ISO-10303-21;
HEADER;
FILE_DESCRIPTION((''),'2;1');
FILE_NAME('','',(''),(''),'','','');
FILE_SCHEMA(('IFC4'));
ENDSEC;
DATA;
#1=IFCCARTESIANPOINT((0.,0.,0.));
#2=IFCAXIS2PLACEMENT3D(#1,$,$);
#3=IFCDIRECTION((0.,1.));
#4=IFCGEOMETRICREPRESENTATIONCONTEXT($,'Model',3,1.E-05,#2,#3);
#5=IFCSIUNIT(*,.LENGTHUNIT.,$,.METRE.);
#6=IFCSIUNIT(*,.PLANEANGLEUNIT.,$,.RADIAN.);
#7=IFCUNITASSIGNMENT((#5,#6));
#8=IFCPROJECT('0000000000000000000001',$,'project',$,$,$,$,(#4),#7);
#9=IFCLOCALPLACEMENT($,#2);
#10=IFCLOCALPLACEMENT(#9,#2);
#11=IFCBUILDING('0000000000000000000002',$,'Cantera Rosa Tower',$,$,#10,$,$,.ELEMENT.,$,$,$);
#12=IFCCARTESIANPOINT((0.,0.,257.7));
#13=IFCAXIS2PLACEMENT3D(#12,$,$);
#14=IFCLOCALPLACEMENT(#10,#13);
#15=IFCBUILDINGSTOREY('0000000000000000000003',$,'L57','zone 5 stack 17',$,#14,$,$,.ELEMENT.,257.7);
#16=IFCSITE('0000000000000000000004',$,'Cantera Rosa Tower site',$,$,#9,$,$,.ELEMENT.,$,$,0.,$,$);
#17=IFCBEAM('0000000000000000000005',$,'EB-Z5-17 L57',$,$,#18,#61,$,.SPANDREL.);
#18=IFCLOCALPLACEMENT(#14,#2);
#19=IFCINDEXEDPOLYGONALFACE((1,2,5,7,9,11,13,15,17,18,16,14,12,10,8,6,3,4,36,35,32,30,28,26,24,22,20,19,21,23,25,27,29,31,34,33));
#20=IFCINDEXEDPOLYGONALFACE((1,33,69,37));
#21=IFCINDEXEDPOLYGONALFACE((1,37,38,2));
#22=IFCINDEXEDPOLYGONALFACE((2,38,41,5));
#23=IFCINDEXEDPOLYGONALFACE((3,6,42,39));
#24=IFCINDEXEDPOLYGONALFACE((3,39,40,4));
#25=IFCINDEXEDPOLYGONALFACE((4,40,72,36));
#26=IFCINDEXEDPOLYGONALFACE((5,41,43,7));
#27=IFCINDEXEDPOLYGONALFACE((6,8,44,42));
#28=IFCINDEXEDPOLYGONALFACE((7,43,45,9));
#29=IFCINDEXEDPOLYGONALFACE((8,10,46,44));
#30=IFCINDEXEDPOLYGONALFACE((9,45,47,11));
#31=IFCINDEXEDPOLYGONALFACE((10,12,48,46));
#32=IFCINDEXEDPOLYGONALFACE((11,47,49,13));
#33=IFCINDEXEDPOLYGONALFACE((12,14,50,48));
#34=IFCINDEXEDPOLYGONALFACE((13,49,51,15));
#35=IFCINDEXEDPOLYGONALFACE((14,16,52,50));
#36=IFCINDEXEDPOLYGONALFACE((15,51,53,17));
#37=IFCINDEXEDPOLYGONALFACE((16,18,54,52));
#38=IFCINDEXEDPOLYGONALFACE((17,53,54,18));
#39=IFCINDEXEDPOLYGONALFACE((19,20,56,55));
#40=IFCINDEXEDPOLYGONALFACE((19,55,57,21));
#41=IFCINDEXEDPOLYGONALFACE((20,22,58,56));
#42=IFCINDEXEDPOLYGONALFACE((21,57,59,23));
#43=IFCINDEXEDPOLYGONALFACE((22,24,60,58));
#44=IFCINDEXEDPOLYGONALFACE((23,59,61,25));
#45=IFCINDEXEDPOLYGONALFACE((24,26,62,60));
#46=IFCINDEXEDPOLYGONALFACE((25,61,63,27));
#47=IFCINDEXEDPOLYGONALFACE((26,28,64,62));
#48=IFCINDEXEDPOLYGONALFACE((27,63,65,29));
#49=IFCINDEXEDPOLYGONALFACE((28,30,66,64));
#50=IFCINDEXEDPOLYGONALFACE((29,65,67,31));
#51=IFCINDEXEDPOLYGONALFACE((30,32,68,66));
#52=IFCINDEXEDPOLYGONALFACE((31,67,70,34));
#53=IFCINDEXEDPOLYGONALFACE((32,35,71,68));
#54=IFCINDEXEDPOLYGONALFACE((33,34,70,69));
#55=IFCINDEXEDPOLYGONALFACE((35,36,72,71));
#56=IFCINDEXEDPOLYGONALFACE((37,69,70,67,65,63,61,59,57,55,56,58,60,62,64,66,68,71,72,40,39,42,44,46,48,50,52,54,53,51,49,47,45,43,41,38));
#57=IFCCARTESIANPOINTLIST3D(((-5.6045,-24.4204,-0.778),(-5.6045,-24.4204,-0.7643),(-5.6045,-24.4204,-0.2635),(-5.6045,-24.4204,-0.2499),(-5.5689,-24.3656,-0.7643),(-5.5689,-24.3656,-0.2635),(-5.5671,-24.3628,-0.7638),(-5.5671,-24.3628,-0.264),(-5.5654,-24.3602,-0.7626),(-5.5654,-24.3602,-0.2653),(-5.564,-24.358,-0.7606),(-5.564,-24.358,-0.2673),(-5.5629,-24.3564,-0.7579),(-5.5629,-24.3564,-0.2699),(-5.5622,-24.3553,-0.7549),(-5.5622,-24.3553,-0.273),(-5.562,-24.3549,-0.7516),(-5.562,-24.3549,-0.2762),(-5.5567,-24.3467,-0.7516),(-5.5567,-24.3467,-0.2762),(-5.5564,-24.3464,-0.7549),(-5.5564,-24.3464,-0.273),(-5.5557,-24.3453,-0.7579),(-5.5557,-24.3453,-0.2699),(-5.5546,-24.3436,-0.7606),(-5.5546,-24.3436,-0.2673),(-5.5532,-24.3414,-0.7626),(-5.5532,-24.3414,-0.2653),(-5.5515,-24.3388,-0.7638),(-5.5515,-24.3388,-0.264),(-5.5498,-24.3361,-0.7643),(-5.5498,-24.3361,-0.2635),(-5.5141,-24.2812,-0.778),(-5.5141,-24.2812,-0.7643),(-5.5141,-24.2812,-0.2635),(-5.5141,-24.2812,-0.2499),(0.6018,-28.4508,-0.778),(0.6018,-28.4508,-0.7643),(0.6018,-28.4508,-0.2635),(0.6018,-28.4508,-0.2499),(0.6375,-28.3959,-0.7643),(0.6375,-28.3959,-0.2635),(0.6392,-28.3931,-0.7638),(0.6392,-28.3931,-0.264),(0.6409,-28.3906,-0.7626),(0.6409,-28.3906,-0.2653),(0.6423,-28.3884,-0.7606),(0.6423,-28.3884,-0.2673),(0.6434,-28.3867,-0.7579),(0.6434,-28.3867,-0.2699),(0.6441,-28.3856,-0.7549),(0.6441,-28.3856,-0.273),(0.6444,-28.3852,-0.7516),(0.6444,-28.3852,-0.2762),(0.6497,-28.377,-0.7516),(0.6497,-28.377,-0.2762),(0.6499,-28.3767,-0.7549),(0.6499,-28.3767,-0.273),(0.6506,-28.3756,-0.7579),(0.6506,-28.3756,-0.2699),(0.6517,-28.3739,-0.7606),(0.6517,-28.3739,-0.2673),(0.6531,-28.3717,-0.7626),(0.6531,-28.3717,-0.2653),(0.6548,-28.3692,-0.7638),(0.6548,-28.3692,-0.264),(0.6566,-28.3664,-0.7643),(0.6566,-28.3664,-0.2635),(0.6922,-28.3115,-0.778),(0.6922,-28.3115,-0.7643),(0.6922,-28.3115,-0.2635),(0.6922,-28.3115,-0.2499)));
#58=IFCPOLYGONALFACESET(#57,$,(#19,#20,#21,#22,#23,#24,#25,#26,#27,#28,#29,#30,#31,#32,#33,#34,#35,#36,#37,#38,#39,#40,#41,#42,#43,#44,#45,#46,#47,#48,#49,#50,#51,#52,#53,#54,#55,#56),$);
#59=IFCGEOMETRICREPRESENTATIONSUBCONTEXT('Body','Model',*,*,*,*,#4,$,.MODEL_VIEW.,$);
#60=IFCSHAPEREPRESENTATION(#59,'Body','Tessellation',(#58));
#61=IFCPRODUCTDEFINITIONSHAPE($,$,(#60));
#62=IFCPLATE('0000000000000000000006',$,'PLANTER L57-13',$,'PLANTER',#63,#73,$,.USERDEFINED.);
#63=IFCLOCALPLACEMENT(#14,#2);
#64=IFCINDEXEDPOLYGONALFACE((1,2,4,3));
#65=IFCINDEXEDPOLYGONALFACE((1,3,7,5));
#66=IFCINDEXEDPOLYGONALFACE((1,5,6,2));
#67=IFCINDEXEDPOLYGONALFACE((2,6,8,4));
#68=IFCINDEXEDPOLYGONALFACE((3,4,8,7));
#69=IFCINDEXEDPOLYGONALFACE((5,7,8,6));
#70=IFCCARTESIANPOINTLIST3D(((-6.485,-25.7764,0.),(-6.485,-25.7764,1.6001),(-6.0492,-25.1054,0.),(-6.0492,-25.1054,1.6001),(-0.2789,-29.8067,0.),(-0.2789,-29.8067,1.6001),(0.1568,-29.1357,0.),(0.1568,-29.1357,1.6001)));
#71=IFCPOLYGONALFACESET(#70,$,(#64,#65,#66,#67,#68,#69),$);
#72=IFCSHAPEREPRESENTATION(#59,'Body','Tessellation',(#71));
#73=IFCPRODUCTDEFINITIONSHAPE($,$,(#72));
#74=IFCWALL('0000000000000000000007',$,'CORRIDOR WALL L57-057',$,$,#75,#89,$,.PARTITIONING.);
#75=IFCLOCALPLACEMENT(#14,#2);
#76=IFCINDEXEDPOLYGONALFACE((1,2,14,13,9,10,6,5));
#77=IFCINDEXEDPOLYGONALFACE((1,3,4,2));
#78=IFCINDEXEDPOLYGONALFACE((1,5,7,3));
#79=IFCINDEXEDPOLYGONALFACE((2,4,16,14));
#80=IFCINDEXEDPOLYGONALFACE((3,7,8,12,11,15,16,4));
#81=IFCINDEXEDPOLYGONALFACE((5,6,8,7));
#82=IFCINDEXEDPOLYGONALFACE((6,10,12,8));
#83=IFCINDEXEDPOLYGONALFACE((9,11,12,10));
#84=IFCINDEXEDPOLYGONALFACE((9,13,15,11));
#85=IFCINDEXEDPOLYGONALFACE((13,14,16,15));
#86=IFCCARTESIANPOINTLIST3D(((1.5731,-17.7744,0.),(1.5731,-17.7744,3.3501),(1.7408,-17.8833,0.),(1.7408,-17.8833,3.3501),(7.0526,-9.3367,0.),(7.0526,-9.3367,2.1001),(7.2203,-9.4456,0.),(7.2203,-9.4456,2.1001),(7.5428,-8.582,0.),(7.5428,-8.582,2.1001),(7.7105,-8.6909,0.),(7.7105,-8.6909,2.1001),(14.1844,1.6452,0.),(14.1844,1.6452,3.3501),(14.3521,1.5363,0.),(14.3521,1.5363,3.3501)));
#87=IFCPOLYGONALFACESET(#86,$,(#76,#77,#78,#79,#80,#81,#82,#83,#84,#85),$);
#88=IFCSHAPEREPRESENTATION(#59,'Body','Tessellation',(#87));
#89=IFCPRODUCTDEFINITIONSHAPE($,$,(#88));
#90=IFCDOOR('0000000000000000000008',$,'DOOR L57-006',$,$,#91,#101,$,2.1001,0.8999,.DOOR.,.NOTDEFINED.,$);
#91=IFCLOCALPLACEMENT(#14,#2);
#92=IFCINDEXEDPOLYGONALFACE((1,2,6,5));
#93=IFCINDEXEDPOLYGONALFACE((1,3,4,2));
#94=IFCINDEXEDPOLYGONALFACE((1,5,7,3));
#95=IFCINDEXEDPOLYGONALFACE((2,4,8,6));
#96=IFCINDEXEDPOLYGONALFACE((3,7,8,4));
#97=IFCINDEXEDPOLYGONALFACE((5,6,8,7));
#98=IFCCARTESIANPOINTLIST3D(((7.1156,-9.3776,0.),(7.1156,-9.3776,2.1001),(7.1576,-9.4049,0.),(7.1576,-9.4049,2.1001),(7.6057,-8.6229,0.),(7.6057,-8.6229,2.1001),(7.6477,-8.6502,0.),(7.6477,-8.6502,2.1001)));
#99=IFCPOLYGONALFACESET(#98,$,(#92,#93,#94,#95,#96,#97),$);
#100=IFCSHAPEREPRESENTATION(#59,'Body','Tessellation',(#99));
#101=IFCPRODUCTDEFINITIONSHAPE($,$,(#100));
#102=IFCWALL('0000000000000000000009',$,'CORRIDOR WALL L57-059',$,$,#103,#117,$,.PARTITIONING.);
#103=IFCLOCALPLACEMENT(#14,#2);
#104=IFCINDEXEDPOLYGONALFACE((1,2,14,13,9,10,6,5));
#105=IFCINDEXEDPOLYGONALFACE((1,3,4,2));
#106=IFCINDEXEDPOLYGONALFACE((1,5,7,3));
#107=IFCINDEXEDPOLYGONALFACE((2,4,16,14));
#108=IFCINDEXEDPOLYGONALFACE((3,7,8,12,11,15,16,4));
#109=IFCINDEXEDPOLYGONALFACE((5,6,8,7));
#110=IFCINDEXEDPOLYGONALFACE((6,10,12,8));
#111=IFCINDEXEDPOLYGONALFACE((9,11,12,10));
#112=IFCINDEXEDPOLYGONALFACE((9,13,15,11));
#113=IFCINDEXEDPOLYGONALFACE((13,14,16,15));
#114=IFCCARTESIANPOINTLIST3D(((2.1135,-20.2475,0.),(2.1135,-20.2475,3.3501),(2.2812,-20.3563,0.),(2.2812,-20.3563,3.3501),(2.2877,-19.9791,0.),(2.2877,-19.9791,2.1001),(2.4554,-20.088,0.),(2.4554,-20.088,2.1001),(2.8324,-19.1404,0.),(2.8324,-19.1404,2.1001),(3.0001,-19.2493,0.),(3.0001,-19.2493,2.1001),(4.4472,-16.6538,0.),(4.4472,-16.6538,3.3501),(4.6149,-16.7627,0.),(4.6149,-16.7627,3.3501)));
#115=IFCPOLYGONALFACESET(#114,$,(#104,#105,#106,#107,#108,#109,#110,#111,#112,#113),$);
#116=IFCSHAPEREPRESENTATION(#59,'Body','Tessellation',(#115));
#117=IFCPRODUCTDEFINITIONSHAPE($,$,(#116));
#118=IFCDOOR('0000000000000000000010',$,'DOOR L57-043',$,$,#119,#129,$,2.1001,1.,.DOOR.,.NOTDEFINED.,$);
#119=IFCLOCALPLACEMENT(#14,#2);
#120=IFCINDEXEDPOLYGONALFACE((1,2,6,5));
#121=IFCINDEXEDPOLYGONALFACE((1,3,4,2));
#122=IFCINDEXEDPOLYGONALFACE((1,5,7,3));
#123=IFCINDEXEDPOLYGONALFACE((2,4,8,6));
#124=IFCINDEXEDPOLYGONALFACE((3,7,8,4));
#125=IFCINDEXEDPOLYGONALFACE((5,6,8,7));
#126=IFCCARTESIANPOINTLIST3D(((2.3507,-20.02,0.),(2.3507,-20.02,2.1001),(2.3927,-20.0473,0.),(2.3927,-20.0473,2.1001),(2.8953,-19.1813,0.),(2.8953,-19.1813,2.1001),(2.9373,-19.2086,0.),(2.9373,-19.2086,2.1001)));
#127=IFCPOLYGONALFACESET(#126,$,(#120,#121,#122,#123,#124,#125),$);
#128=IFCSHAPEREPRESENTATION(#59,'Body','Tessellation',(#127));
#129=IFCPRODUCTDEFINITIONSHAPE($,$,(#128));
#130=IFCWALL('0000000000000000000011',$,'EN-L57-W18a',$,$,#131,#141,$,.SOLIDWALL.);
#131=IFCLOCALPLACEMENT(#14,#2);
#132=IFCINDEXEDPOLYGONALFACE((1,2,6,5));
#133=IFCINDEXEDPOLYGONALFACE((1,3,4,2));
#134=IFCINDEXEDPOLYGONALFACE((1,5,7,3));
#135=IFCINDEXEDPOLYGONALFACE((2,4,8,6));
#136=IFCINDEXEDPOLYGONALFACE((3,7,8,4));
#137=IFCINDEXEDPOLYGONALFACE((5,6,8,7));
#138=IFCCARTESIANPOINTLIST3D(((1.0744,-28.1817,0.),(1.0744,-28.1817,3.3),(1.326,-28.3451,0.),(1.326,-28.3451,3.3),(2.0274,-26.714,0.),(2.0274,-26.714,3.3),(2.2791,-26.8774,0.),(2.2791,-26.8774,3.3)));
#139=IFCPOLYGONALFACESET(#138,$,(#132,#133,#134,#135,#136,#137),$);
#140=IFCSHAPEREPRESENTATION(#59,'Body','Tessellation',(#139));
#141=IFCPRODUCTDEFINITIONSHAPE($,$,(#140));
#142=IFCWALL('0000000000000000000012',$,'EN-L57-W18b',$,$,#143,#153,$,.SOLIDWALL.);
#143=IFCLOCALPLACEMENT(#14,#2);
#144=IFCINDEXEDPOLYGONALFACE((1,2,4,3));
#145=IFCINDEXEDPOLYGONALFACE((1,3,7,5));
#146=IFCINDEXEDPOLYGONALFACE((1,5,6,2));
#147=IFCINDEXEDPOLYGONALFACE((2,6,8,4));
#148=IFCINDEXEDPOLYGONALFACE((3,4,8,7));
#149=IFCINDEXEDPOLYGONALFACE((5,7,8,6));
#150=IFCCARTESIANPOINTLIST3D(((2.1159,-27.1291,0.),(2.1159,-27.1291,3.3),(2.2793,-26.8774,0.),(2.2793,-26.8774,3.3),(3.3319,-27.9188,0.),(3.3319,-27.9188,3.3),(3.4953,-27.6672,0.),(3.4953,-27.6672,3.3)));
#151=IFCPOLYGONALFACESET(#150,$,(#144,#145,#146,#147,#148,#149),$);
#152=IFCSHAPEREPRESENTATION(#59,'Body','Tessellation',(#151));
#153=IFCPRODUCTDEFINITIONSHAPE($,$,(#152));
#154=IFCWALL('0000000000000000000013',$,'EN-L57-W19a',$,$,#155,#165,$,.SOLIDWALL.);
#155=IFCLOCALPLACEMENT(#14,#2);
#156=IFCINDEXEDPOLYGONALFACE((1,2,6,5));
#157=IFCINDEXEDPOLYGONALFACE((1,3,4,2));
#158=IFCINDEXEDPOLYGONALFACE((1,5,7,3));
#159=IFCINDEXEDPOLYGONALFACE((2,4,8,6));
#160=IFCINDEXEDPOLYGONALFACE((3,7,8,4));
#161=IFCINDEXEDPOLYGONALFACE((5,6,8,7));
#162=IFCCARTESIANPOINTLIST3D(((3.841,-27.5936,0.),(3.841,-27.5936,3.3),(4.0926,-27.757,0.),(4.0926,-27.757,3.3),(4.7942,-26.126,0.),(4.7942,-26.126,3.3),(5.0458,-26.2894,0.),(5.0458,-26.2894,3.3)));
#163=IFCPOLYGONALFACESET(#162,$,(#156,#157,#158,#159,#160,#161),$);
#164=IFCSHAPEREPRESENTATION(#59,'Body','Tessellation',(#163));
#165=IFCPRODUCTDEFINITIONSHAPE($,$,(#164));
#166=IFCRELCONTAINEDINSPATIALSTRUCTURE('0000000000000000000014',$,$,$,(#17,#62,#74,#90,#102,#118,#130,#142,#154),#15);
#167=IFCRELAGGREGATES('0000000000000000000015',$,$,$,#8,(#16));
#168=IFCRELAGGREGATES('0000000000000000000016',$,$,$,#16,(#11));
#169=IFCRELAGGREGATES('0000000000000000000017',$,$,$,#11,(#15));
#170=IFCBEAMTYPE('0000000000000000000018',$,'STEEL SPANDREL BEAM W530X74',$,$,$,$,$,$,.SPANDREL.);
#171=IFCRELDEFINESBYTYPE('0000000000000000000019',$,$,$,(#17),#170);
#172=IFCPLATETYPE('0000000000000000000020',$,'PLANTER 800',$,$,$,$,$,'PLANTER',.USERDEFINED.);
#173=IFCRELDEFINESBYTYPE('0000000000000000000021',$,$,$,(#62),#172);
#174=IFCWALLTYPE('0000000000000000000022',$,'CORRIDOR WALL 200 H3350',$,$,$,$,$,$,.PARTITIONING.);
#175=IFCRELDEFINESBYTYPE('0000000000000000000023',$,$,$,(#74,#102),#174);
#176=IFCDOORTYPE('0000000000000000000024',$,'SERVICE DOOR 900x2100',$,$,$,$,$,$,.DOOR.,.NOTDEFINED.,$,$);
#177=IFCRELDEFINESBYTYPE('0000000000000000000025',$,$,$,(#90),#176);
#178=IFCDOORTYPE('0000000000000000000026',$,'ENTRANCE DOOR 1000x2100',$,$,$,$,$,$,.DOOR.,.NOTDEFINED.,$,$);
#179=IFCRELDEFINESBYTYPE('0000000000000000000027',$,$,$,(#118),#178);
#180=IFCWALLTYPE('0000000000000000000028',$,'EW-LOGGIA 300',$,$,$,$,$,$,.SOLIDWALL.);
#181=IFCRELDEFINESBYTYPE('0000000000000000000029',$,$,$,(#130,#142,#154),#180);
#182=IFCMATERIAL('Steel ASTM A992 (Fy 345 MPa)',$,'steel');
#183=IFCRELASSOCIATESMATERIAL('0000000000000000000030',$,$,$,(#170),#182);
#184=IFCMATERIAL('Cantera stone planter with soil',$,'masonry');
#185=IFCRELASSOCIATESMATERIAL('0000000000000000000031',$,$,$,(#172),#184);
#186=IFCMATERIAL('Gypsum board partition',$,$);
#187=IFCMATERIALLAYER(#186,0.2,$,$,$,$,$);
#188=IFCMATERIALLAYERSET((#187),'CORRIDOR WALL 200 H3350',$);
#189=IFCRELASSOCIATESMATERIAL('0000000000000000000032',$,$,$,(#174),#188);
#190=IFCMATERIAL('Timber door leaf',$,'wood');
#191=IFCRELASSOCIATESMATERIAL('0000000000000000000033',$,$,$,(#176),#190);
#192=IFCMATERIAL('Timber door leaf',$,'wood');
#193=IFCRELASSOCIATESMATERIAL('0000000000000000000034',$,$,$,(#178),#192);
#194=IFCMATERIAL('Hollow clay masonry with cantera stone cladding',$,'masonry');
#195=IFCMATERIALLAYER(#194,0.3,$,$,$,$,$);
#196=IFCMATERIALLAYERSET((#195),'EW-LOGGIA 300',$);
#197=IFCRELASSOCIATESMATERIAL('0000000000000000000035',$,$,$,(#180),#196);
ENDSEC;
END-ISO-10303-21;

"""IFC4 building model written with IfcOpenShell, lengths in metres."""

from ifc_helpers import new_model, si_unit, direction, frame, frame_2d, origin, origin_2d, place, context, subcontext, project, spatial, rectangle, i_section, extrude, material, layer, layer_set, material_profile, profile_set, type_object, element, fill, save


model = new_model("IFC4")

# Units and contexts
model_context = context("Model", 3, precision=1e-05, world=origin(), true_north=direction((0.0, 1.0)))
body_context = subcontext(model_context, "Body", "Model", "MODEL_VIEW")
ifc_project = project(units=[si_unit("LENGTHUNIT", "METRE"), si_unit("PLANEANGLEUNIT", "RADIAN")], contexts=[model_context])

# Site, building, storey
site_placement = place(None, origin())
site = spatial("IfcSite", under=ifc_project, at=site_placement, Name="Cantera Rosa Tower site", CompositionType="ELEMENT", RefElevation=0.0)
building_placement = place(site_placement, origin())
building = spatial("IfcBuilding", under=site, at=building_placement, Name="Cantera Rosa Tower", CompositionType="ELEMENT")
storey_placement = place(building_placement, frame((0.0, 0.0, 257.7)))
storey = spatial("IfcBuildingStorey", under=building, at=storey_placement, Name="L57", Description="zone 5 stack 17", CompositionType="ELEMENT", Elevation=257.7)

# Beam
ifc_material_1 = material(Name="Steel ASTM A992 (Fy 345 MPa)", Category="steel")
ifc_material_profile_1 = material_profile(ifc_material_1, i_section(OverallWidth=0.166, OverallDepth=0.5281, WebThickness=0.0098, FlangeThickness=0.0137, FilletRadius=0.0127, at=origin_2d()), Name="W530X74")
ifc_profile_set_1 = profile_set([ifc_material_profile_1], Name="Steel ASTM A992 (Fy 345 MPa)")
beam_type_1 = type_object("IfcBeamType", Name="STEEL SPANDREL BEAM W530X74", PredefinedType="SPANDREL", material=ifc_profile_set_1)
beam_1_placement = place(storey_placement, frame((-5.5593, -24.3508, -0.5139), z_axis=(0.838679, -0.544625, 0.0), x_axis=(0.544625, 0.838679, 0.0)))
element("IfcBeam", 1, at=beam_1_placement, inside=storey, type_object=beam_type_1, Name="EB-Z5-17 L57", PredefinedType="SPANDREL", context=body_context, shape_type="SweptSolid", body=[
    extrude(i_section(OverallWidth=0.166, OverallDepth=0.5281, WebThickness=0.0098, FlangeThickness=0.0137, FilletRadius=0.0127, at=origin_2d()), origin(), (0.0, 0.0, 1.0), 7.4001),
])

# Plate
ifc_material_2 = material(Name="Cantera stone planter with soil", Category="masonry")
plate_type = type_object("IfcPlateType", Name="PLANTER 800", ElementType="PLANTER", PredefinedType="USERDEFINED", material=ifc_material_2)
plate_placement = place(storey_placement, frame((-3.1641, -27.4561, 0.0), z_axis=(0.0, 0.0, 1.0), x_axis=(0.838671, -0.544639, 0.0)))
element("IfcPlate", 2, at=plate_placement, inside=storey, type_object=plate_type, Name="PLANTER L57-13", ObjectType="PLANTER", PredefinedType="USERDEFINED", context=body_context, shape_type="SweptSolid", body=[
    extrude(rectangle(XDim=7.3999, YDim=0.8, at=origin_2d()), origin(), (0.0, 0.0, 1.0), 1.6001),
])

# Walls, openings, doors
ifc_material_3 = material(Name="Gypsum board partition")
ifc_layer_1 = layer(ifc_material_3, 0.2)
ifc_layer_set_1 = layer_set([ifc_layer_1], Name="CORRIDOR WALL 200 H3350")
wall_type_1 = type_object("IfcWallType", Name="CORRIDOR WALL 200 H3350", PredefinedType="PARTITIONING", material=ifc_layer_set_1)
wall_1_placement = place(storey_placement, frame((1.657, -17.8289, 0.0), z_axis=(0.0, 0.0, 1.0), x_axis=(0.54464, 0.83867, 0.0)))
wall_1 = element("IfcWall", 3, at=wall_1_placement, inside=storey, type_object=wall_type_1, Name="CORRIDOR WALL L57-057", PredefinedType="PARTITIONING", context=body_context, shape_type="SweptSolid", body=[
    extrude(rectangle(XDim=23.1553, YDim=0.2, at=frame_2d((11.5776, 0.0))), origin(), (0.0, 0.0, 1.0), 3.3501),
])
opening_1_placement = place(wall_1_placement, frame((10.0608, 0.0, 0.0)))
opening_1 = element("IfcOpeningElement", 4, at=opening_1_placement, cuts=wall_1, PredefinedType="OPENING", context=body_context, shape_type="SweptSolid", body=[
    extrude(rectangle(XDim=0.8999, YDim=2.1001, at=frame_2d((0.45, 1.05))), frame((0.0, 0.1099, 0.0), z_axis=(0.0, -1.0, 0.0), x_axis=(1.0, 0.0, 0.0)), (0.0, 0.0, 1.0), 0.22),
])
ifc_material_4 = material(Name="Timber door leaf", Category="wood")
door_type_1 = type_object("IfcDoorType", Name="SERVICE DOOR 900x2100", OperationType="NOTDEFINED", PredefinedType="DOOR", material=ifc_material_4)
door_1_placement = place(opening_1_placement, origin())
door_1 = element("IfcDoor", 5, at=door_1_placement, inside=storey, type_object=door_type_1, Name="DOOR L57-006", OperationType="NOTDEFINED", OverallHeight=2.1001, OverallWidth=0.8999, PredefinedType="DOOR", context=body_context, shape_type="SweptSolid", body=[
    extrude(rectangle(XDim=0.8999, YDim=2.1001, at=frame_2d((0.45, 1.05))), frame((0.0, 0.0249, 0.0), z_axis=(0.0, -1.0, 0.0), x_axis=(1.0, 0.0, 0.0)), (0.0, 0.0, 1.0), 0.05),
])
fill(opening_1, door_1)
wall_2_placement = place(storey_placement, frame((2.1973, -20.302, 0.0), z_axis=(0.0, 0.0, 1.0), x_axis=(0.544628, 0.838678, 0.0)))
wall_2 = element("IfcWall", 6, at=wall_2_placement, inside=storey, type_object=wall_type_1, Name="CORRIDOR WALL L57-059", PredefinedType="PARTITIONING", context=body_context, shape_type="SweptSolid", body=[
    extrude(rectangle(XDim=4.2849, YDim=0.2, at=frame_2d((2.1426, 0.0))), origin(), (0.0, 0.0, 1.0), 3.3501),
])
opening_2_placement = place(wall_2_placement, frame((0.3201, 0.0, 0.0)))
opening_2 = element("IfcOpeningElement", 7, at=opening_2_placement, cuts=wall_2, PredefinedType="OPENING", context=body_context, shape_type="SweptSolid", body=[
    extrude(rectangle(XDim=1.0, YDim=2.1001, at=frame_2d((0.5, 1.05))), frame((0.0, 0.1099, 0.0), z_axis=(0.0, -1.0, 0.0), x_axis=(1.0, 0.0, 0.0)), (0.0, 0.0, 1.0), 0.22),
])
ifc_material_5 = material(Name="Timber door leaf", Category="wood")
door_type_2 = type_object("IfcDoorType", Name="ENTRANCE DOOR 1000x2100", OperationType="NOTDEFINED", PredefinedType="DOOR", material=ifc_material_5)
door_2_placement = place(opening_2_placement, origin())
door_2 = element("IfcDoor", 8, at=door_2_placement, inside=storey, type_object=door_type_2, Name="DOOR L57-043", OperationType="NOTDEFINED", OverallHeight=2.1001, OverallWidth=1.0, PredefinedType="DOOR", context=body_context, shape_type="SweptSolid", body=[
    extrude(rectangle(XDim=1.0, YDim=2.1001, at=frame_2d((0.5, 1.05))), frame((0.0, 0.0249, 0.0), z_axis=(0.0, -1.0, 0.0), x_axis=(1.0, 0.0, 0.0)), (0.0, 0.0, 1.0), 0.05),
])
fill(opening_2, door_2)

# Walls
ifc_material_6 = material(Name="Hollow clay masonry with cantera stone cladding", Category="masonry")
ifc_layer_2 = layer(ifc_material_6, 0.3)
ifc_layer_set_2 = layer_set([ifc_layer_2], Name="EW-LOGGIA 300")
wall_type_2 = type_object("IfcWallType", Name="EW-LOGGIA 300", PredefinedType="SOLIDWALL", material=ifc_layer_set_2)
wall_3_placement = place(storey_placement, frame((1.2002, -28.2634, 0.0), z_axis=(0.0, 0.0, 1.0), x_axis=(0.544616, 0.838686, 0.0)))
element("IfcWall", 9, at=wall_3_placement, inside=storey, type_object=wall_type_2, Name="EN-L57-W18a", PredefinedType="SOLIDWALL", context=body_context, shape_type="SweptSolid", body=[
    extrude(rectangle(XDim=1.75, YDim=0.3, at=frame_2d((0.875, 0.0))), origin(), (0.0, 0.0, 1.0), 3.3),
])
wall_4_placement = place(storey_placement, frame((2.1975, -27.0032, 0.0), z_axis=(0.0, 0.0, 1.0), x_axis=(0.838647, -0.544675, 0.0)))
element("IfcWall", 10, at=wall_4_placement, inside=storey, type_object=wall_type_2, Name="EN-L57-W18b", PredefinedType="SOLIDWALL", context=body_context, shape_type="SweptSolid", body=[
    extrude(rectangle(XDim=1.45, YDim=0.3, at=frame_2d((0.7251, 0.0))), origin(), (0.0, 0.0, 1.0), 3.3),
])
wall_5_placement = place(storey_placement, frame((3.9668, -27.6753, 0.0), z_axis=(0.0, 0.0, 1.0), x_axis=(0.544679, 0.838644, 0.0)))
element("IfcWall", 11, at=wall_5_placement, inside=storey, type_object=wall_type_2, Name="EN-L57-W19a", PredefinedType="SOLIDWALL", context=body_context, shape_type="SweptSolid", body=[
    extrude(rectangle(XDim=1.75, YDim=0.3, at=frame_2d((0.875, 0.0))), origin(), (0.0, 0.0, 1.0), 3.3),
])

save(model, "model.ifc")
